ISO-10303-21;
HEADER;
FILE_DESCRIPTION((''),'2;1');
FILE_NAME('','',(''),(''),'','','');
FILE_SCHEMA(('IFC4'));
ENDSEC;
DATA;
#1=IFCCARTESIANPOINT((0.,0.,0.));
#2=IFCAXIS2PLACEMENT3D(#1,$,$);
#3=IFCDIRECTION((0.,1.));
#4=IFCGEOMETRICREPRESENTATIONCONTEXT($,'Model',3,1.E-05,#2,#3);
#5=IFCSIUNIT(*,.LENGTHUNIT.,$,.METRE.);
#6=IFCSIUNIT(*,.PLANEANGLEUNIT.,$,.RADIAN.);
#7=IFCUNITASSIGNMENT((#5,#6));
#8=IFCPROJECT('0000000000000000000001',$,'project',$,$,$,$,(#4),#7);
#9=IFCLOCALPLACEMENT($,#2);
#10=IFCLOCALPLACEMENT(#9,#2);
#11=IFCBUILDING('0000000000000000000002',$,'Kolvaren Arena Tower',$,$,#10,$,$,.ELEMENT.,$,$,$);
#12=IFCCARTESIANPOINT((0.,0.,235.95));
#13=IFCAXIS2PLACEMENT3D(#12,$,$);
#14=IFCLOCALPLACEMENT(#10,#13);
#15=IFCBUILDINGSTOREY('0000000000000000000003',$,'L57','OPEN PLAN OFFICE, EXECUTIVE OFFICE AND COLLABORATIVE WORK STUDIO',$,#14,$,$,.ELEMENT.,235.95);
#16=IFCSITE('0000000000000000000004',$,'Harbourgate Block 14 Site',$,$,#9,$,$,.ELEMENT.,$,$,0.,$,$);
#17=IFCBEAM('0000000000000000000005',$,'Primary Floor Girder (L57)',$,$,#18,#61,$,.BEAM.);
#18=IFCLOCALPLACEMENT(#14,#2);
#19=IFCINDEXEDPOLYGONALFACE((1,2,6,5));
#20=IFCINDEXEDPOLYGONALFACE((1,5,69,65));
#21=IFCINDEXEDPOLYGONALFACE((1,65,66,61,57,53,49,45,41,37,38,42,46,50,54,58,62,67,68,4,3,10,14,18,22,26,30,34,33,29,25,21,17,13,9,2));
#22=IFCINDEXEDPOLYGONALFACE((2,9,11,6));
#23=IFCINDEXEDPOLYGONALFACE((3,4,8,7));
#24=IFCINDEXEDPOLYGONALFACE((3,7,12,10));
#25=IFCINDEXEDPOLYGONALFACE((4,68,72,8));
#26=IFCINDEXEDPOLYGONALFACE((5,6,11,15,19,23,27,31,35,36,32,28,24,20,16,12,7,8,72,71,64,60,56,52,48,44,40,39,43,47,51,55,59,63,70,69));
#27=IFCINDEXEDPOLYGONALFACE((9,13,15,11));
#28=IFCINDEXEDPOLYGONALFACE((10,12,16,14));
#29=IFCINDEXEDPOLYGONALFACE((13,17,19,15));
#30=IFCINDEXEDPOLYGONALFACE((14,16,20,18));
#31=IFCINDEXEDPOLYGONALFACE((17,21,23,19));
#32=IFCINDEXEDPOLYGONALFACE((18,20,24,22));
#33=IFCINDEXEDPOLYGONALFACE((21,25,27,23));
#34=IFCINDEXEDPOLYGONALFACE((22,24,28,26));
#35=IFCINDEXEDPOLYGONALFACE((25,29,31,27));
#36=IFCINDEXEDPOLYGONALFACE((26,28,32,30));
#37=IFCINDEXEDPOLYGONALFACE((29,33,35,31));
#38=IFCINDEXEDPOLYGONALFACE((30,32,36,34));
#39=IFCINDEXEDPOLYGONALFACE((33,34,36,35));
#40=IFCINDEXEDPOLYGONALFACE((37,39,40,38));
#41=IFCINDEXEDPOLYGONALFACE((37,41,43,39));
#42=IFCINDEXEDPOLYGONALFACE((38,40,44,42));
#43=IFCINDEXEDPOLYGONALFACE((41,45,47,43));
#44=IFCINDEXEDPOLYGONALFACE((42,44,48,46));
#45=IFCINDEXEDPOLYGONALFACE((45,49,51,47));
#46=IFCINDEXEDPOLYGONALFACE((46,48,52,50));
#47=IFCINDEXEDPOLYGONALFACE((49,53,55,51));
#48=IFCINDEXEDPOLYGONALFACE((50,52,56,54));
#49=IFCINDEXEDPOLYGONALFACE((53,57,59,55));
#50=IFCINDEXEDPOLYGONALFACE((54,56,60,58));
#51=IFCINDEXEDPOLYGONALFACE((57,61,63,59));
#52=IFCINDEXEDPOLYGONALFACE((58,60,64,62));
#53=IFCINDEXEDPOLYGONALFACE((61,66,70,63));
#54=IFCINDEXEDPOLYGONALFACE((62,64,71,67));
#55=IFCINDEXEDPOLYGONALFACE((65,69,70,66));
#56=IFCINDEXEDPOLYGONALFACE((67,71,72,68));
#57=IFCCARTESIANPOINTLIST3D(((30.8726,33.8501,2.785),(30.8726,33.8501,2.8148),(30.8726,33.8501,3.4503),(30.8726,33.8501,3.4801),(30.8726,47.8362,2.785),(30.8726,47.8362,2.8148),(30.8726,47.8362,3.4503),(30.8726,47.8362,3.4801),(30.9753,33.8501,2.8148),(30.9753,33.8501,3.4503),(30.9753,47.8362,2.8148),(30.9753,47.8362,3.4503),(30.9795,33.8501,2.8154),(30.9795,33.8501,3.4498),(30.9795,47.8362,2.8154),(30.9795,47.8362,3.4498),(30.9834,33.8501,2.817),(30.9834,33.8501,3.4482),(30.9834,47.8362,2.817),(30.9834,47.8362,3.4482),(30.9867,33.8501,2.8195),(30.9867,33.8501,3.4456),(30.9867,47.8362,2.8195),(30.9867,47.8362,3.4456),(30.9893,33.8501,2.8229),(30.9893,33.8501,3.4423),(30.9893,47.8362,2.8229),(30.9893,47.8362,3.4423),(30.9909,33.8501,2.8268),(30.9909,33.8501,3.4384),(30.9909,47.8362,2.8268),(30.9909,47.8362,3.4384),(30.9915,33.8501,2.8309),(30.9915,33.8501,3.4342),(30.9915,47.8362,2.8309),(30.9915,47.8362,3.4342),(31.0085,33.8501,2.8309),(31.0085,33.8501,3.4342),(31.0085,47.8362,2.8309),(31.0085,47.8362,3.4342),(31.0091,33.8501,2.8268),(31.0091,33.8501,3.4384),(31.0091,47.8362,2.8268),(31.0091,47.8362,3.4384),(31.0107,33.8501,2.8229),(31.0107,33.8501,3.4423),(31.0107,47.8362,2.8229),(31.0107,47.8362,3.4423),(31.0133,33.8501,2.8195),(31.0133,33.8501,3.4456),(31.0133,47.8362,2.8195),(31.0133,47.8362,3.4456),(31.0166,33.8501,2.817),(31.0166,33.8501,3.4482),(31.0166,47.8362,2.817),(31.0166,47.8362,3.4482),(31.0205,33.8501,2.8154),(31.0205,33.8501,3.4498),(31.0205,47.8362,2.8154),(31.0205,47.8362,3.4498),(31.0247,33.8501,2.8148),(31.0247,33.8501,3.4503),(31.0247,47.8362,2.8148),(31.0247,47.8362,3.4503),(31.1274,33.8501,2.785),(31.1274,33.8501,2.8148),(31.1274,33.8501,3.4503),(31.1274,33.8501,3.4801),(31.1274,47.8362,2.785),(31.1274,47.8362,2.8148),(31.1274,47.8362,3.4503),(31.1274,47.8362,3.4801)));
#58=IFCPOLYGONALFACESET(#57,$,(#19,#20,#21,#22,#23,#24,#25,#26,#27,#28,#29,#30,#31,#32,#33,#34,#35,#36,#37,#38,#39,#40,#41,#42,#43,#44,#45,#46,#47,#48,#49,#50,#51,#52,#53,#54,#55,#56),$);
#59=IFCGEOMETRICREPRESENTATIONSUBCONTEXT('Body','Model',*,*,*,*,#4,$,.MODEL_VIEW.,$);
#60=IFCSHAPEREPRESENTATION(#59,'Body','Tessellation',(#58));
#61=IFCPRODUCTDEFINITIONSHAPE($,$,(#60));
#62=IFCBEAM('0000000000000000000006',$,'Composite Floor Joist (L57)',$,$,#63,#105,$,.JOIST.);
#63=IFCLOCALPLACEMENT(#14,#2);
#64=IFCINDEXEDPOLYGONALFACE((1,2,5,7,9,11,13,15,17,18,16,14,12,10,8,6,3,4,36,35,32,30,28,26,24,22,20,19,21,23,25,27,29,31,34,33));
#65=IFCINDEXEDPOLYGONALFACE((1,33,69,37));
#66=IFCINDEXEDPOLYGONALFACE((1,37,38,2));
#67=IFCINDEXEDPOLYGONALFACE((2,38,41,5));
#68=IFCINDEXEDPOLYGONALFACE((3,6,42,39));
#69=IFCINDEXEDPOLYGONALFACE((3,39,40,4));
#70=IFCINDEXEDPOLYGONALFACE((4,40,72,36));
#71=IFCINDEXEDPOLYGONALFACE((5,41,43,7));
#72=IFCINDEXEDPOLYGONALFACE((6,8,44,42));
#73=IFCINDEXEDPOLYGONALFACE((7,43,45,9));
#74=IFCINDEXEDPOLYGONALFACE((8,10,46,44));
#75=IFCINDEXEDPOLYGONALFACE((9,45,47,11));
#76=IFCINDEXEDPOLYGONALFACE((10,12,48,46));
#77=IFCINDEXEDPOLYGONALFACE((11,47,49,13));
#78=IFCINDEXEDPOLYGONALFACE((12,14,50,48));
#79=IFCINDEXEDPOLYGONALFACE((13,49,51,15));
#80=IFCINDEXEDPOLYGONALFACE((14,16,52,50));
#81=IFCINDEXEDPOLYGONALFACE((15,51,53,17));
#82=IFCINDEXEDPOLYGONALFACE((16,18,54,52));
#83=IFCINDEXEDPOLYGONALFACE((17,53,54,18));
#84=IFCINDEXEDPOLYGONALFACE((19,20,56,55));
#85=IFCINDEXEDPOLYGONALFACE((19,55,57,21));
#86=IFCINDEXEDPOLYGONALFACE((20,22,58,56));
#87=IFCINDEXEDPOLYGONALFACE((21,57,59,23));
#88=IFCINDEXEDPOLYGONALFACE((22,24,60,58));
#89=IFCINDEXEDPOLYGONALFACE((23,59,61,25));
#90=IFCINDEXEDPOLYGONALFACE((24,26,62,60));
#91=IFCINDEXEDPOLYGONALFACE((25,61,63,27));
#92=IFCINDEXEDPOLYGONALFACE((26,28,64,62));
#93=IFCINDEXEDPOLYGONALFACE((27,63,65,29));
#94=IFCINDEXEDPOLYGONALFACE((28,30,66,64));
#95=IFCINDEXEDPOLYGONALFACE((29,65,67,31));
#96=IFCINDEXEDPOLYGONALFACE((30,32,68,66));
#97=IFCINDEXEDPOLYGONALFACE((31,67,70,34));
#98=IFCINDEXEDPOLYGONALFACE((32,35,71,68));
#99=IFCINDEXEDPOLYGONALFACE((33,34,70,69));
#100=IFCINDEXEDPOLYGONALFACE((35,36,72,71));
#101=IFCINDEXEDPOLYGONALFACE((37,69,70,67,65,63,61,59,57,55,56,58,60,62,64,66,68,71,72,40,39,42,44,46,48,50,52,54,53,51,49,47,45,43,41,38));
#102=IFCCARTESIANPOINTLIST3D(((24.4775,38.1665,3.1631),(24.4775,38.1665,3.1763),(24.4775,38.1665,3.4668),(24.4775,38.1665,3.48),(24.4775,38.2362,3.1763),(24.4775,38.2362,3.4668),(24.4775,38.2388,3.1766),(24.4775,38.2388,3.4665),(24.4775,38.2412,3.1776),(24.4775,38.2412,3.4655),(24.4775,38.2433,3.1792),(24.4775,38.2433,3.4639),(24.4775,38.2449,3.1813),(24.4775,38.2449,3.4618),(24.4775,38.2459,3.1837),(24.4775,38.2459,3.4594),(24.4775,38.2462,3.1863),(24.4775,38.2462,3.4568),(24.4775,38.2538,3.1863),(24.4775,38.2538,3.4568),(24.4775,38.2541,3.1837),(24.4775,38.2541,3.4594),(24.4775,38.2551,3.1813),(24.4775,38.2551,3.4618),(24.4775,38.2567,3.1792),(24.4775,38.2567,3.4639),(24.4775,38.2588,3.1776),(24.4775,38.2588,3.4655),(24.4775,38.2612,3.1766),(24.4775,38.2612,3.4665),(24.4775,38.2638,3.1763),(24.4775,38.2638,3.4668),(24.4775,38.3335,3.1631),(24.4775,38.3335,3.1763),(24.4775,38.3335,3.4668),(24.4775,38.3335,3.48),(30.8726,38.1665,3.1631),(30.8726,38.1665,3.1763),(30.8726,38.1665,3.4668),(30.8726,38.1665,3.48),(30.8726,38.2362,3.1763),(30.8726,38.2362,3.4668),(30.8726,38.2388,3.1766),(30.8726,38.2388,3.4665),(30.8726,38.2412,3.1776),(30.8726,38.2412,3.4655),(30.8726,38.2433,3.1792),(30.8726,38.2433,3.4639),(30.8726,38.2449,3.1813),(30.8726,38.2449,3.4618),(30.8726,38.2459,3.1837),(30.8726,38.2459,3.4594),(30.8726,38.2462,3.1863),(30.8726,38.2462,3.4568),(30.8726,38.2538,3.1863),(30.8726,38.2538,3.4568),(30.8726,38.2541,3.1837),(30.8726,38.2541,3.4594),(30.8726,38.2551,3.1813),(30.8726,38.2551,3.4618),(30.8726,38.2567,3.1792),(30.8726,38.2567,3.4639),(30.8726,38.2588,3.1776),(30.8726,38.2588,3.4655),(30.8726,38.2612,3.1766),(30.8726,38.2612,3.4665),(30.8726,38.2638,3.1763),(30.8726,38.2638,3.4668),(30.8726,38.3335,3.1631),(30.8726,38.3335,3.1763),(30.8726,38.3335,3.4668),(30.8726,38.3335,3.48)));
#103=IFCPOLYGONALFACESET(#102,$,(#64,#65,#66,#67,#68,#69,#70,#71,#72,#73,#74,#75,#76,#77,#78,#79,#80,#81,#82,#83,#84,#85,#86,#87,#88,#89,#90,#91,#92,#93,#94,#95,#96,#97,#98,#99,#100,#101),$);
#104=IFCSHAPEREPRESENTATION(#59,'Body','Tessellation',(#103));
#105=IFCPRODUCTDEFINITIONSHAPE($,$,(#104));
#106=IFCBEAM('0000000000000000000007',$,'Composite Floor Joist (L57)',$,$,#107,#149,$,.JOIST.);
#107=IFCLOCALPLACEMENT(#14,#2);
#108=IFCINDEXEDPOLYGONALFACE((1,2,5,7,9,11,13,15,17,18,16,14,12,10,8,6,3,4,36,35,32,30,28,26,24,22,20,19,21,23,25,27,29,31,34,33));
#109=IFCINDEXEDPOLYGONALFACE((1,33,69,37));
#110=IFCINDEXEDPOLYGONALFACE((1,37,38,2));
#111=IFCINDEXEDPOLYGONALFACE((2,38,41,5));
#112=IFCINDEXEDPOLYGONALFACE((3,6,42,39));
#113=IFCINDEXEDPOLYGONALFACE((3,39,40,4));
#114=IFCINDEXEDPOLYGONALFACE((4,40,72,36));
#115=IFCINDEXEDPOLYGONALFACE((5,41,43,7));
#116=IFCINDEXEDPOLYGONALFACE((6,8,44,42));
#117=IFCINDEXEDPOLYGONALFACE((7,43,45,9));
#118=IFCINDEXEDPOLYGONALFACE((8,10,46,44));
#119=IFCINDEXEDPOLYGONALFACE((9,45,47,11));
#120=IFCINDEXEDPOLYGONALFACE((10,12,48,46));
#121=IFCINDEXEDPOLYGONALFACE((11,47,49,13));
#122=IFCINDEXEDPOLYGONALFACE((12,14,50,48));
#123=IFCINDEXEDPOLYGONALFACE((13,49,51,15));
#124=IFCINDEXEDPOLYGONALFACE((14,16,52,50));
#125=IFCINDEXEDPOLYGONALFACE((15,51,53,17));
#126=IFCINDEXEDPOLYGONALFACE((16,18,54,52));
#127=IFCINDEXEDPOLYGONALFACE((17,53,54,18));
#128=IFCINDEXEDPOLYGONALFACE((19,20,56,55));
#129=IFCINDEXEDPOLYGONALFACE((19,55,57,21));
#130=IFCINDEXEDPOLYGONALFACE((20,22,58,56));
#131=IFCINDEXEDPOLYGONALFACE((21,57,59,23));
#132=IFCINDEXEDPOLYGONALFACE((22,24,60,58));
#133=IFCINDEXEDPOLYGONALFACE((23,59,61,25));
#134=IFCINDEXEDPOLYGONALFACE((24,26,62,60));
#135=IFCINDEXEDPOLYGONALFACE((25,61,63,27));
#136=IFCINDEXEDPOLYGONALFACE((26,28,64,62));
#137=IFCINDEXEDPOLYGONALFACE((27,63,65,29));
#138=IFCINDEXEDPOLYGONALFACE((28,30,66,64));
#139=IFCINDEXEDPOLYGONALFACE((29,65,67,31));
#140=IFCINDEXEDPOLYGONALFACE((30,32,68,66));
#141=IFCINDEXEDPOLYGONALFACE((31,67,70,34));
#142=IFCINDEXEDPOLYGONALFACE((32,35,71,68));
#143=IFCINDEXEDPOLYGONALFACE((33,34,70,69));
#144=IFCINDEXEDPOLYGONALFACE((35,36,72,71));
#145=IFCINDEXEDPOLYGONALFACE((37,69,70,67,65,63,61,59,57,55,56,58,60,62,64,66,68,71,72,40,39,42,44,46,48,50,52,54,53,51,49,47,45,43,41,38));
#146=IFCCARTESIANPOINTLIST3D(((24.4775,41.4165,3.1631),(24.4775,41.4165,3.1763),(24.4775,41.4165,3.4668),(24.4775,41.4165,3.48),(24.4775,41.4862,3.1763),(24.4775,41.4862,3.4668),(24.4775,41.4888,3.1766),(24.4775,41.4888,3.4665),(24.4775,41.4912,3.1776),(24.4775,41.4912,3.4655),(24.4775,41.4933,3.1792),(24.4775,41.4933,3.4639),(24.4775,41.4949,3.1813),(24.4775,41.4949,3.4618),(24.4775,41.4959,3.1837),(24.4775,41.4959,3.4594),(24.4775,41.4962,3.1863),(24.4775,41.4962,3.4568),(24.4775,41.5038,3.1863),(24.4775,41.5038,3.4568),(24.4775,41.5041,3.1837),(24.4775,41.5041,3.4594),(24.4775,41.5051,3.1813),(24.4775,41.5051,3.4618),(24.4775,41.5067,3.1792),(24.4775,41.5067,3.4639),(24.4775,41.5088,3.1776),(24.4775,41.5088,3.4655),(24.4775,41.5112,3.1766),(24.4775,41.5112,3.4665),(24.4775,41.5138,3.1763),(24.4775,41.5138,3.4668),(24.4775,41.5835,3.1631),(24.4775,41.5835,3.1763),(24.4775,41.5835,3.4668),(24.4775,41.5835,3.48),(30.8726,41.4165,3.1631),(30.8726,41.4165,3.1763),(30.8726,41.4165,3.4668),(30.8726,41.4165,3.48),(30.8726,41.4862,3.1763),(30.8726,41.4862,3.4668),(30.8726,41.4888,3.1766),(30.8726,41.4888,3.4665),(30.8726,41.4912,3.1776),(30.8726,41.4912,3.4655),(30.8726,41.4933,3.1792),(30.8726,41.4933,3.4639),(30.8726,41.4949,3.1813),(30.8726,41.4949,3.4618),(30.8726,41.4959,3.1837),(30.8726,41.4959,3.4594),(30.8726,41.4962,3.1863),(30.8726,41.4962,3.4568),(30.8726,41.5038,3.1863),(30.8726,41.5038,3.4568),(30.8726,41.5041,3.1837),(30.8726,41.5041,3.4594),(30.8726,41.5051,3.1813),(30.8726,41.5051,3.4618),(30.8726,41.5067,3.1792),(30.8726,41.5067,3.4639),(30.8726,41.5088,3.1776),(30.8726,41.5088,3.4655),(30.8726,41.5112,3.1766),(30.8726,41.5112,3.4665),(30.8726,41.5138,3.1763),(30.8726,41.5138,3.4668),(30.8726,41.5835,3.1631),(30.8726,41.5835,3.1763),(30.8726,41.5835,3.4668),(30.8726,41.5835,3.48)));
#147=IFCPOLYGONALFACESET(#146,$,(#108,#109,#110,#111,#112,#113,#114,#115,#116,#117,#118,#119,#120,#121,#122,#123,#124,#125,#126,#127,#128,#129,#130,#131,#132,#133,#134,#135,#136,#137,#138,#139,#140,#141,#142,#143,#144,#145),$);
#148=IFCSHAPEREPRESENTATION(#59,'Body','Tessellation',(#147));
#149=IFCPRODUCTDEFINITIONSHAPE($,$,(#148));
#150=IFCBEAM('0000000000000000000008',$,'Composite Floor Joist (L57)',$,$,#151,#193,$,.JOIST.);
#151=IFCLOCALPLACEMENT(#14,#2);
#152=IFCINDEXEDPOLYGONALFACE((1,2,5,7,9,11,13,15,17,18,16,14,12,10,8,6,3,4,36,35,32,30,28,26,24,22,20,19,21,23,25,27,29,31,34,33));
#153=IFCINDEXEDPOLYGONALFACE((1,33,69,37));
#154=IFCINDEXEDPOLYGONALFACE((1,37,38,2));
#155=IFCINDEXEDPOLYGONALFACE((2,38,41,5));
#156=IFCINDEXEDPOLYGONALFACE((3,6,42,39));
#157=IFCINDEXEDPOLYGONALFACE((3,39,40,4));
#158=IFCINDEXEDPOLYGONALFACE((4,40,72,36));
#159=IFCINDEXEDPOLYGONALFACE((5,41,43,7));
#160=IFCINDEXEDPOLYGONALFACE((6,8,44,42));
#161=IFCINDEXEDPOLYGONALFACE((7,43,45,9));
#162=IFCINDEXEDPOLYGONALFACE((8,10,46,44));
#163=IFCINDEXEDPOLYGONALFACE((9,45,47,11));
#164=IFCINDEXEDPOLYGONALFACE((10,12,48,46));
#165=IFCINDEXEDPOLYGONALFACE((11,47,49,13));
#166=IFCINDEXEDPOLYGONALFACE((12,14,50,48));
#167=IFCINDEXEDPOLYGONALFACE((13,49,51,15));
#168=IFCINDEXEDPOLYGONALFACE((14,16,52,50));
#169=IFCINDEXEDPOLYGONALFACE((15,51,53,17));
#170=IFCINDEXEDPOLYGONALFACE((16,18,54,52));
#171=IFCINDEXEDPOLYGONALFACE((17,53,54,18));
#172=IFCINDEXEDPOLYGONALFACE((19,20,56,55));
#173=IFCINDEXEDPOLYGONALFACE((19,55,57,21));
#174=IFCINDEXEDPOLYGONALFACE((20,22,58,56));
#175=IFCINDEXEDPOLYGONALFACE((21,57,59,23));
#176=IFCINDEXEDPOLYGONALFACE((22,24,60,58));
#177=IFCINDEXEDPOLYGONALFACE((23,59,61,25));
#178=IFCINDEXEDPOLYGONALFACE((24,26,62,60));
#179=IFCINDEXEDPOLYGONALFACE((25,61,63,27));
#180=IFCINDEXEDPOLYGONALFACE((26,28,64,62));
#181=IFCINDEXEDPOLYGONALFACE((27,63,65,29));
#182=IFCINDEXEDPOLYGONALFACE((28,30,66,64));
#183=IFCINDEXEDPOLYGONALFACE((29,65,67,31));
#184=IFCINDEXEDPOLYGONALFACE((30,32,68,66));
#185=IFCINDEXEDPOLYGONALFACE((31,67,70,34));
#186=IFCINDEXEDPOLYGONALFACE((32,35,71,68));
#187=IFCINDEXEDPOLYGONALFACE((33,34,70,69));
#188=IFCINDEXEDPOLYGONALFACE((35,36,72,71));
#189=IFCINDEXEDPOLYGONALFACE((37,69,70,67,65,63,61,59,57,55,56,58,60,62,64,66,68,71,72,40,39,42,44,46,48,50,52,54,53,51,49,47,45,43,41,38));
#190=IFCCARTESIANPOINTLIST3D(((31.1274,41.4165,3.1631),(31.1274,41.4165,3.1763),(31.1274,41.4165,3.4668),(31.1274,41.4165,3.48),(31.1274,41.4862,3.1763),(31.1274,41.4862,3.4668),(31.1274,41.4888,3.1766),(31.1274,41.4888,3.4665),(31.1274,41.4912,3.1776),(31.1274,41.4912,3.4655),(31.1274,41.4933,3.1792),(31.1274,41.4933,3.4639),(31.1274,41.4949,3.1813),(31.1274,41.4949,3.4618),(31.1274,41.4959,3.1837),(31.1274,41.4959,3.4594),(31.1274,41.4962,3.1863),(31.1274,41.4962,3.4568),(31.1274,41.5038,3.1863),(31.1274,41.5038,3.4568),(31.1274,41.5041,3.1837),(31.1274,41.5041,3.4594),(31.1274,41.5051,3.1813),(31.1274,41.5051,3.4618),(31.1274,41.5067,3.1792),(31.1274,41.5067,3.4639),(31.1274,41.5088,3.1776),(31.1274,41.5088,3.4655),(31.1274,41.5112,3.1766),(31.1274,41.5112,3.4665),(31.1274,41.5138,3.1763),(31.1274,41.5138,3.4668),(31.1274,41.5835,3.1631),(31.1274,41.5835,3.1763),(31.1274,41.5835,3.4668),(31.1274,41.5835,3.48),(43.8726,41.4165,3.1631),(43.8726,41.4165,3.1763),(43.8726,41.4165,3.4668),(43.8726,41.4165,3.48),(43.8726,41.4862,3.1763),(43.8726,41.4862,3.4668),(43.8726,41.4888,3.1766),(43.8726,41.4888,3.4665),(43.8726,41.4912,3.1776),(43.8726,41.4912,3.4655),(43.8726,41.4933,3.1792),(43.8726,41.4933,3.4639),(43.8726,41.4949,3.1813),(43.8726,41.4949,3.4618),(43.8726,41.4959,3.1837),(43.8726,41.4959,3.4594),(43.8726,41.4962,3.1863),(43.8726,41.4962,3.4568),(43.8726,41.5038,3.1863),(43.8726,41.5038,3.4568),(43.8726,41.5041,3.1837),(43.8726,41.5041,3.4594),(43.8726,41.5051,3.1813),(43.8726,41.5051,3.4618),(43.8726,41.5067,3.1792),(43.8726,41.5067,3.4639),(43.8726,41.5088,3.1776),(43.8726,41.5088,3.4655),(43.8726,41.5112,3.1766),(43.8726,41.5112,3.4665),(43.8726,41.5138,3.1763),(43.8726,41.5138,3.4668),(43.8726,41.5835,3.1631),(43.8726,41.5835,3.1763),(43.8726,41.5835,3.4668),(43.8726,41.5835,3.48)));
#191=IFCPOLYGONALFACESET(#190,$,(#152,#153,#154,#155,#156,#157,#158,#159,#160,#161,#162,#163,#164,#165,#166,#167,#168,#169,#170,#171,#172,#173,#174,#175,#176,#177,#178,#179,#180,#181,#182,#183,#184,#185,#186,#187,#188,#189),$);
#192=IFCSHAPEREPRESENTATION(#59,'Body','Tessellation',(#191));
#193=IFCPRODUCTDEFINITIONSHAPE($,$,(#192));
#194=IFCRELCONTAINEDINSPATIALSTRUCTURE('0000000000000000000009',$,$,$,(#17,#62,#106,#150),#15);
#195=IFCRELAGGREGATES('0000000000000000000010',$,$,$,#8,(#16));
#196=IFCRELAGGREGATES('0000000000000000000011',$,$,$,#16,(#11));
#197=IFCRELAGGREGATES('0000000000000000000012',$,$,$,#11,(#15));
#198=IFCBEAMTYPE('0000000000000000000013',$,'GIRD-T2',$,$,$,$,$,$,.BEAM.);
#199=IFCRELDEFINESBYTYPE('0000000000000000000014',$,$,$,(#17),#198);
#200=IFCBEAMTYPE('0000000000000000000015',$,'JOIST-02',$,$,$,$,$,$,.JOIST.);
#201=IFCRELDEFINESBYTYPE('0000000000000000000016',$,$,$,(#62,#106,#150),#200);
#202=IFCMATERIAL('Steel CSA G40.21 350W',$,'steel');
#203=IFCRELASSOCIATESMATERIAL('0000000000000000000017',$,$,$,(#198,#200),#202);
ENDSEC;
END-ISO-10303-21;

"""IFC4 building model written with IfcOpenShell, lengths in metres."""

from ifc_helpers import new_model, si_unit, direction, frame, origin, origin_2d, place, context, subcontext, project, spatial, i_section, extrude, material, material_profile, profile_set, type_object, element, save


model = new_model("IFC4")

# Units and contexts
model_context = context("Model", 3, precision=1e-05, world=origin(), true_north=direction((0.0, 1.0)))
body_context = subcontext(model_context, "Body", "Model", "MODEL_VIEW")
ifc_project = project(units=[si_unit("LENGTHUNIT", "METRE"), si_unit("PLANEANGLEUNIT", "RADIAN")], contexts=[model_context])

# Site, building, storey
site_placement = place(None, origin())
site = spatial("IfcSite", under=ifc_project, at=site_placement, Name="Harbourgate Block 14 Site", CompositionType="ELEMENT", RefElevation=0.0)
building_placement = place(site_placement, origin())
building = spatial("IfcBuilding", under=site, at=building_placement, Name="Kolvaren Arena Tower", CompositionType="ELEMENT")
storey_placement = place(building_placement, frame((0.0, 0.0, 235.95)))
storey = spatial("IfcBuildingStorey", under=building, at=storey_placement, Name="L57", Description="OPEN PLAN OFFICE, EXECUTIVE OFFICE AND COLLABORATIVE WORK STUDIO", CompositionType="ELEMENT", Elevation=235.95)

# Beams
ifc_material_1 = material(Name="Steel CSA G40.21 350W", Category="steel")
ifc_material_profile_1 = material_profile(ifc_material_1, i_section(OverallWidth=0.2549, OverallDepth=0.6951, WebThickness=0.0171, FlangeThickness=0.0298, FilletRadius=0.0161, at=origin_2d()), Name="W690x217")
ifc_profile_set_1 = profile_set([ifc_material_profile_1], Name="Steel CSA G40.21 350W")
beam_type_1 = type_object("IfcBeamType", Name="GIRD-T2", PredefinedType="BEAM", material=ifc_profile_set_1)
beam_1_placement = place(storey_placement, frame((31.0, 33.8501, 3.1326), z_axis=(0.0, 1.0, 0.0), x_axis=(-1.0, 0.0, 0.0)))
element("IfcBeam", 1, at=beam_1_placement, inside=storey, type_object=beam_type_1, Name="Primary Floor Girder (L57)", PredefinedType="BEAM", context=body_context, shape_type="SweptSolid", body=[
    extrude(i_section(OverallWidth=0.2549, OverallDepth=0.6951, WebThickness=0.0171, FlangeThickness=0.0298, FilletRadius=0.0161, at=origin_2d()), origin(), (0.0, 0.0, 1.0), 13.9861),
])
ifc_material_profile_2 = material_profile(ifc_material_1, i_section(OverallWidth=0.167, OverallDepth=0.3169, WebThickness=0.0076, FlangeThickness=0.0132, FilletRadius=0.01, at=origin_2d()), Name="W310x52")
ifc_profile_set_2 = profile_set([ifc_material_profile_2], Name="Steel CSA G40.21 350W")
beam_type_2 = type_object("IfcBeamType", Name="JOIST-02", PredefinedType="JOIST", material=ifc_profile_set_2)
for number, where, z_axis, x_axis, name in (
    (2, (24.4775, 38.25, 3.3215), (1.0, 0.0, 0.0), (0.0, 1.0, 0.0), "Composite Floor Joist (L57)"),
    (3, (24.4775, 41.5, 3.3215), (1.0, 0.0, 0.0), (0.0, 1.0, 0.0), "Composite Floor Joist (L57)"),
):
    element("IfcBeam", number, at=place(storey_placement, frame(where, z_axis=z_axis, x_axis=x_axis)), inside=storey, type_object=beam_type_2, Name=name, PredefinedType="JOIST", context=body_context, shape_type="SweptSolid", body=[
        extrude(i_section(OverallWidth=0.167, OverallDepth=0.3169, WebThickness=0.0076, FlangeThickness=0.0132, FilletRadius=0.01, at=origin_2d()), origin(), (0.0, 0.0, 1.0), 6.395),
    ])
beam_2_placement = place(storey_placement, frame((31.1274, 41.5, 3.3215), z_axis=(1.0, 0.0, 0.0), x_axis=(0.0, 1.0, 0.0)))
element("IfcBeam", 4, at=beam_2_placement, inside=storey, type_object=beam_type_2, Name="Composite Floor Joist (L57)", PredefinedType="JOIST", context=body_context, shape_type="SweptSolid", body=[
    extrude(i_section(OverallWidth=0.167, OverallDepth=0.3169, WebThickness=0.0076, FlangeThickness=0.0132, FilletRadius=0.01, at=origin_2d()), origin(), (0.0, 0.0, 1.0), 12.7451),
])

save(model, "model.ifc")
